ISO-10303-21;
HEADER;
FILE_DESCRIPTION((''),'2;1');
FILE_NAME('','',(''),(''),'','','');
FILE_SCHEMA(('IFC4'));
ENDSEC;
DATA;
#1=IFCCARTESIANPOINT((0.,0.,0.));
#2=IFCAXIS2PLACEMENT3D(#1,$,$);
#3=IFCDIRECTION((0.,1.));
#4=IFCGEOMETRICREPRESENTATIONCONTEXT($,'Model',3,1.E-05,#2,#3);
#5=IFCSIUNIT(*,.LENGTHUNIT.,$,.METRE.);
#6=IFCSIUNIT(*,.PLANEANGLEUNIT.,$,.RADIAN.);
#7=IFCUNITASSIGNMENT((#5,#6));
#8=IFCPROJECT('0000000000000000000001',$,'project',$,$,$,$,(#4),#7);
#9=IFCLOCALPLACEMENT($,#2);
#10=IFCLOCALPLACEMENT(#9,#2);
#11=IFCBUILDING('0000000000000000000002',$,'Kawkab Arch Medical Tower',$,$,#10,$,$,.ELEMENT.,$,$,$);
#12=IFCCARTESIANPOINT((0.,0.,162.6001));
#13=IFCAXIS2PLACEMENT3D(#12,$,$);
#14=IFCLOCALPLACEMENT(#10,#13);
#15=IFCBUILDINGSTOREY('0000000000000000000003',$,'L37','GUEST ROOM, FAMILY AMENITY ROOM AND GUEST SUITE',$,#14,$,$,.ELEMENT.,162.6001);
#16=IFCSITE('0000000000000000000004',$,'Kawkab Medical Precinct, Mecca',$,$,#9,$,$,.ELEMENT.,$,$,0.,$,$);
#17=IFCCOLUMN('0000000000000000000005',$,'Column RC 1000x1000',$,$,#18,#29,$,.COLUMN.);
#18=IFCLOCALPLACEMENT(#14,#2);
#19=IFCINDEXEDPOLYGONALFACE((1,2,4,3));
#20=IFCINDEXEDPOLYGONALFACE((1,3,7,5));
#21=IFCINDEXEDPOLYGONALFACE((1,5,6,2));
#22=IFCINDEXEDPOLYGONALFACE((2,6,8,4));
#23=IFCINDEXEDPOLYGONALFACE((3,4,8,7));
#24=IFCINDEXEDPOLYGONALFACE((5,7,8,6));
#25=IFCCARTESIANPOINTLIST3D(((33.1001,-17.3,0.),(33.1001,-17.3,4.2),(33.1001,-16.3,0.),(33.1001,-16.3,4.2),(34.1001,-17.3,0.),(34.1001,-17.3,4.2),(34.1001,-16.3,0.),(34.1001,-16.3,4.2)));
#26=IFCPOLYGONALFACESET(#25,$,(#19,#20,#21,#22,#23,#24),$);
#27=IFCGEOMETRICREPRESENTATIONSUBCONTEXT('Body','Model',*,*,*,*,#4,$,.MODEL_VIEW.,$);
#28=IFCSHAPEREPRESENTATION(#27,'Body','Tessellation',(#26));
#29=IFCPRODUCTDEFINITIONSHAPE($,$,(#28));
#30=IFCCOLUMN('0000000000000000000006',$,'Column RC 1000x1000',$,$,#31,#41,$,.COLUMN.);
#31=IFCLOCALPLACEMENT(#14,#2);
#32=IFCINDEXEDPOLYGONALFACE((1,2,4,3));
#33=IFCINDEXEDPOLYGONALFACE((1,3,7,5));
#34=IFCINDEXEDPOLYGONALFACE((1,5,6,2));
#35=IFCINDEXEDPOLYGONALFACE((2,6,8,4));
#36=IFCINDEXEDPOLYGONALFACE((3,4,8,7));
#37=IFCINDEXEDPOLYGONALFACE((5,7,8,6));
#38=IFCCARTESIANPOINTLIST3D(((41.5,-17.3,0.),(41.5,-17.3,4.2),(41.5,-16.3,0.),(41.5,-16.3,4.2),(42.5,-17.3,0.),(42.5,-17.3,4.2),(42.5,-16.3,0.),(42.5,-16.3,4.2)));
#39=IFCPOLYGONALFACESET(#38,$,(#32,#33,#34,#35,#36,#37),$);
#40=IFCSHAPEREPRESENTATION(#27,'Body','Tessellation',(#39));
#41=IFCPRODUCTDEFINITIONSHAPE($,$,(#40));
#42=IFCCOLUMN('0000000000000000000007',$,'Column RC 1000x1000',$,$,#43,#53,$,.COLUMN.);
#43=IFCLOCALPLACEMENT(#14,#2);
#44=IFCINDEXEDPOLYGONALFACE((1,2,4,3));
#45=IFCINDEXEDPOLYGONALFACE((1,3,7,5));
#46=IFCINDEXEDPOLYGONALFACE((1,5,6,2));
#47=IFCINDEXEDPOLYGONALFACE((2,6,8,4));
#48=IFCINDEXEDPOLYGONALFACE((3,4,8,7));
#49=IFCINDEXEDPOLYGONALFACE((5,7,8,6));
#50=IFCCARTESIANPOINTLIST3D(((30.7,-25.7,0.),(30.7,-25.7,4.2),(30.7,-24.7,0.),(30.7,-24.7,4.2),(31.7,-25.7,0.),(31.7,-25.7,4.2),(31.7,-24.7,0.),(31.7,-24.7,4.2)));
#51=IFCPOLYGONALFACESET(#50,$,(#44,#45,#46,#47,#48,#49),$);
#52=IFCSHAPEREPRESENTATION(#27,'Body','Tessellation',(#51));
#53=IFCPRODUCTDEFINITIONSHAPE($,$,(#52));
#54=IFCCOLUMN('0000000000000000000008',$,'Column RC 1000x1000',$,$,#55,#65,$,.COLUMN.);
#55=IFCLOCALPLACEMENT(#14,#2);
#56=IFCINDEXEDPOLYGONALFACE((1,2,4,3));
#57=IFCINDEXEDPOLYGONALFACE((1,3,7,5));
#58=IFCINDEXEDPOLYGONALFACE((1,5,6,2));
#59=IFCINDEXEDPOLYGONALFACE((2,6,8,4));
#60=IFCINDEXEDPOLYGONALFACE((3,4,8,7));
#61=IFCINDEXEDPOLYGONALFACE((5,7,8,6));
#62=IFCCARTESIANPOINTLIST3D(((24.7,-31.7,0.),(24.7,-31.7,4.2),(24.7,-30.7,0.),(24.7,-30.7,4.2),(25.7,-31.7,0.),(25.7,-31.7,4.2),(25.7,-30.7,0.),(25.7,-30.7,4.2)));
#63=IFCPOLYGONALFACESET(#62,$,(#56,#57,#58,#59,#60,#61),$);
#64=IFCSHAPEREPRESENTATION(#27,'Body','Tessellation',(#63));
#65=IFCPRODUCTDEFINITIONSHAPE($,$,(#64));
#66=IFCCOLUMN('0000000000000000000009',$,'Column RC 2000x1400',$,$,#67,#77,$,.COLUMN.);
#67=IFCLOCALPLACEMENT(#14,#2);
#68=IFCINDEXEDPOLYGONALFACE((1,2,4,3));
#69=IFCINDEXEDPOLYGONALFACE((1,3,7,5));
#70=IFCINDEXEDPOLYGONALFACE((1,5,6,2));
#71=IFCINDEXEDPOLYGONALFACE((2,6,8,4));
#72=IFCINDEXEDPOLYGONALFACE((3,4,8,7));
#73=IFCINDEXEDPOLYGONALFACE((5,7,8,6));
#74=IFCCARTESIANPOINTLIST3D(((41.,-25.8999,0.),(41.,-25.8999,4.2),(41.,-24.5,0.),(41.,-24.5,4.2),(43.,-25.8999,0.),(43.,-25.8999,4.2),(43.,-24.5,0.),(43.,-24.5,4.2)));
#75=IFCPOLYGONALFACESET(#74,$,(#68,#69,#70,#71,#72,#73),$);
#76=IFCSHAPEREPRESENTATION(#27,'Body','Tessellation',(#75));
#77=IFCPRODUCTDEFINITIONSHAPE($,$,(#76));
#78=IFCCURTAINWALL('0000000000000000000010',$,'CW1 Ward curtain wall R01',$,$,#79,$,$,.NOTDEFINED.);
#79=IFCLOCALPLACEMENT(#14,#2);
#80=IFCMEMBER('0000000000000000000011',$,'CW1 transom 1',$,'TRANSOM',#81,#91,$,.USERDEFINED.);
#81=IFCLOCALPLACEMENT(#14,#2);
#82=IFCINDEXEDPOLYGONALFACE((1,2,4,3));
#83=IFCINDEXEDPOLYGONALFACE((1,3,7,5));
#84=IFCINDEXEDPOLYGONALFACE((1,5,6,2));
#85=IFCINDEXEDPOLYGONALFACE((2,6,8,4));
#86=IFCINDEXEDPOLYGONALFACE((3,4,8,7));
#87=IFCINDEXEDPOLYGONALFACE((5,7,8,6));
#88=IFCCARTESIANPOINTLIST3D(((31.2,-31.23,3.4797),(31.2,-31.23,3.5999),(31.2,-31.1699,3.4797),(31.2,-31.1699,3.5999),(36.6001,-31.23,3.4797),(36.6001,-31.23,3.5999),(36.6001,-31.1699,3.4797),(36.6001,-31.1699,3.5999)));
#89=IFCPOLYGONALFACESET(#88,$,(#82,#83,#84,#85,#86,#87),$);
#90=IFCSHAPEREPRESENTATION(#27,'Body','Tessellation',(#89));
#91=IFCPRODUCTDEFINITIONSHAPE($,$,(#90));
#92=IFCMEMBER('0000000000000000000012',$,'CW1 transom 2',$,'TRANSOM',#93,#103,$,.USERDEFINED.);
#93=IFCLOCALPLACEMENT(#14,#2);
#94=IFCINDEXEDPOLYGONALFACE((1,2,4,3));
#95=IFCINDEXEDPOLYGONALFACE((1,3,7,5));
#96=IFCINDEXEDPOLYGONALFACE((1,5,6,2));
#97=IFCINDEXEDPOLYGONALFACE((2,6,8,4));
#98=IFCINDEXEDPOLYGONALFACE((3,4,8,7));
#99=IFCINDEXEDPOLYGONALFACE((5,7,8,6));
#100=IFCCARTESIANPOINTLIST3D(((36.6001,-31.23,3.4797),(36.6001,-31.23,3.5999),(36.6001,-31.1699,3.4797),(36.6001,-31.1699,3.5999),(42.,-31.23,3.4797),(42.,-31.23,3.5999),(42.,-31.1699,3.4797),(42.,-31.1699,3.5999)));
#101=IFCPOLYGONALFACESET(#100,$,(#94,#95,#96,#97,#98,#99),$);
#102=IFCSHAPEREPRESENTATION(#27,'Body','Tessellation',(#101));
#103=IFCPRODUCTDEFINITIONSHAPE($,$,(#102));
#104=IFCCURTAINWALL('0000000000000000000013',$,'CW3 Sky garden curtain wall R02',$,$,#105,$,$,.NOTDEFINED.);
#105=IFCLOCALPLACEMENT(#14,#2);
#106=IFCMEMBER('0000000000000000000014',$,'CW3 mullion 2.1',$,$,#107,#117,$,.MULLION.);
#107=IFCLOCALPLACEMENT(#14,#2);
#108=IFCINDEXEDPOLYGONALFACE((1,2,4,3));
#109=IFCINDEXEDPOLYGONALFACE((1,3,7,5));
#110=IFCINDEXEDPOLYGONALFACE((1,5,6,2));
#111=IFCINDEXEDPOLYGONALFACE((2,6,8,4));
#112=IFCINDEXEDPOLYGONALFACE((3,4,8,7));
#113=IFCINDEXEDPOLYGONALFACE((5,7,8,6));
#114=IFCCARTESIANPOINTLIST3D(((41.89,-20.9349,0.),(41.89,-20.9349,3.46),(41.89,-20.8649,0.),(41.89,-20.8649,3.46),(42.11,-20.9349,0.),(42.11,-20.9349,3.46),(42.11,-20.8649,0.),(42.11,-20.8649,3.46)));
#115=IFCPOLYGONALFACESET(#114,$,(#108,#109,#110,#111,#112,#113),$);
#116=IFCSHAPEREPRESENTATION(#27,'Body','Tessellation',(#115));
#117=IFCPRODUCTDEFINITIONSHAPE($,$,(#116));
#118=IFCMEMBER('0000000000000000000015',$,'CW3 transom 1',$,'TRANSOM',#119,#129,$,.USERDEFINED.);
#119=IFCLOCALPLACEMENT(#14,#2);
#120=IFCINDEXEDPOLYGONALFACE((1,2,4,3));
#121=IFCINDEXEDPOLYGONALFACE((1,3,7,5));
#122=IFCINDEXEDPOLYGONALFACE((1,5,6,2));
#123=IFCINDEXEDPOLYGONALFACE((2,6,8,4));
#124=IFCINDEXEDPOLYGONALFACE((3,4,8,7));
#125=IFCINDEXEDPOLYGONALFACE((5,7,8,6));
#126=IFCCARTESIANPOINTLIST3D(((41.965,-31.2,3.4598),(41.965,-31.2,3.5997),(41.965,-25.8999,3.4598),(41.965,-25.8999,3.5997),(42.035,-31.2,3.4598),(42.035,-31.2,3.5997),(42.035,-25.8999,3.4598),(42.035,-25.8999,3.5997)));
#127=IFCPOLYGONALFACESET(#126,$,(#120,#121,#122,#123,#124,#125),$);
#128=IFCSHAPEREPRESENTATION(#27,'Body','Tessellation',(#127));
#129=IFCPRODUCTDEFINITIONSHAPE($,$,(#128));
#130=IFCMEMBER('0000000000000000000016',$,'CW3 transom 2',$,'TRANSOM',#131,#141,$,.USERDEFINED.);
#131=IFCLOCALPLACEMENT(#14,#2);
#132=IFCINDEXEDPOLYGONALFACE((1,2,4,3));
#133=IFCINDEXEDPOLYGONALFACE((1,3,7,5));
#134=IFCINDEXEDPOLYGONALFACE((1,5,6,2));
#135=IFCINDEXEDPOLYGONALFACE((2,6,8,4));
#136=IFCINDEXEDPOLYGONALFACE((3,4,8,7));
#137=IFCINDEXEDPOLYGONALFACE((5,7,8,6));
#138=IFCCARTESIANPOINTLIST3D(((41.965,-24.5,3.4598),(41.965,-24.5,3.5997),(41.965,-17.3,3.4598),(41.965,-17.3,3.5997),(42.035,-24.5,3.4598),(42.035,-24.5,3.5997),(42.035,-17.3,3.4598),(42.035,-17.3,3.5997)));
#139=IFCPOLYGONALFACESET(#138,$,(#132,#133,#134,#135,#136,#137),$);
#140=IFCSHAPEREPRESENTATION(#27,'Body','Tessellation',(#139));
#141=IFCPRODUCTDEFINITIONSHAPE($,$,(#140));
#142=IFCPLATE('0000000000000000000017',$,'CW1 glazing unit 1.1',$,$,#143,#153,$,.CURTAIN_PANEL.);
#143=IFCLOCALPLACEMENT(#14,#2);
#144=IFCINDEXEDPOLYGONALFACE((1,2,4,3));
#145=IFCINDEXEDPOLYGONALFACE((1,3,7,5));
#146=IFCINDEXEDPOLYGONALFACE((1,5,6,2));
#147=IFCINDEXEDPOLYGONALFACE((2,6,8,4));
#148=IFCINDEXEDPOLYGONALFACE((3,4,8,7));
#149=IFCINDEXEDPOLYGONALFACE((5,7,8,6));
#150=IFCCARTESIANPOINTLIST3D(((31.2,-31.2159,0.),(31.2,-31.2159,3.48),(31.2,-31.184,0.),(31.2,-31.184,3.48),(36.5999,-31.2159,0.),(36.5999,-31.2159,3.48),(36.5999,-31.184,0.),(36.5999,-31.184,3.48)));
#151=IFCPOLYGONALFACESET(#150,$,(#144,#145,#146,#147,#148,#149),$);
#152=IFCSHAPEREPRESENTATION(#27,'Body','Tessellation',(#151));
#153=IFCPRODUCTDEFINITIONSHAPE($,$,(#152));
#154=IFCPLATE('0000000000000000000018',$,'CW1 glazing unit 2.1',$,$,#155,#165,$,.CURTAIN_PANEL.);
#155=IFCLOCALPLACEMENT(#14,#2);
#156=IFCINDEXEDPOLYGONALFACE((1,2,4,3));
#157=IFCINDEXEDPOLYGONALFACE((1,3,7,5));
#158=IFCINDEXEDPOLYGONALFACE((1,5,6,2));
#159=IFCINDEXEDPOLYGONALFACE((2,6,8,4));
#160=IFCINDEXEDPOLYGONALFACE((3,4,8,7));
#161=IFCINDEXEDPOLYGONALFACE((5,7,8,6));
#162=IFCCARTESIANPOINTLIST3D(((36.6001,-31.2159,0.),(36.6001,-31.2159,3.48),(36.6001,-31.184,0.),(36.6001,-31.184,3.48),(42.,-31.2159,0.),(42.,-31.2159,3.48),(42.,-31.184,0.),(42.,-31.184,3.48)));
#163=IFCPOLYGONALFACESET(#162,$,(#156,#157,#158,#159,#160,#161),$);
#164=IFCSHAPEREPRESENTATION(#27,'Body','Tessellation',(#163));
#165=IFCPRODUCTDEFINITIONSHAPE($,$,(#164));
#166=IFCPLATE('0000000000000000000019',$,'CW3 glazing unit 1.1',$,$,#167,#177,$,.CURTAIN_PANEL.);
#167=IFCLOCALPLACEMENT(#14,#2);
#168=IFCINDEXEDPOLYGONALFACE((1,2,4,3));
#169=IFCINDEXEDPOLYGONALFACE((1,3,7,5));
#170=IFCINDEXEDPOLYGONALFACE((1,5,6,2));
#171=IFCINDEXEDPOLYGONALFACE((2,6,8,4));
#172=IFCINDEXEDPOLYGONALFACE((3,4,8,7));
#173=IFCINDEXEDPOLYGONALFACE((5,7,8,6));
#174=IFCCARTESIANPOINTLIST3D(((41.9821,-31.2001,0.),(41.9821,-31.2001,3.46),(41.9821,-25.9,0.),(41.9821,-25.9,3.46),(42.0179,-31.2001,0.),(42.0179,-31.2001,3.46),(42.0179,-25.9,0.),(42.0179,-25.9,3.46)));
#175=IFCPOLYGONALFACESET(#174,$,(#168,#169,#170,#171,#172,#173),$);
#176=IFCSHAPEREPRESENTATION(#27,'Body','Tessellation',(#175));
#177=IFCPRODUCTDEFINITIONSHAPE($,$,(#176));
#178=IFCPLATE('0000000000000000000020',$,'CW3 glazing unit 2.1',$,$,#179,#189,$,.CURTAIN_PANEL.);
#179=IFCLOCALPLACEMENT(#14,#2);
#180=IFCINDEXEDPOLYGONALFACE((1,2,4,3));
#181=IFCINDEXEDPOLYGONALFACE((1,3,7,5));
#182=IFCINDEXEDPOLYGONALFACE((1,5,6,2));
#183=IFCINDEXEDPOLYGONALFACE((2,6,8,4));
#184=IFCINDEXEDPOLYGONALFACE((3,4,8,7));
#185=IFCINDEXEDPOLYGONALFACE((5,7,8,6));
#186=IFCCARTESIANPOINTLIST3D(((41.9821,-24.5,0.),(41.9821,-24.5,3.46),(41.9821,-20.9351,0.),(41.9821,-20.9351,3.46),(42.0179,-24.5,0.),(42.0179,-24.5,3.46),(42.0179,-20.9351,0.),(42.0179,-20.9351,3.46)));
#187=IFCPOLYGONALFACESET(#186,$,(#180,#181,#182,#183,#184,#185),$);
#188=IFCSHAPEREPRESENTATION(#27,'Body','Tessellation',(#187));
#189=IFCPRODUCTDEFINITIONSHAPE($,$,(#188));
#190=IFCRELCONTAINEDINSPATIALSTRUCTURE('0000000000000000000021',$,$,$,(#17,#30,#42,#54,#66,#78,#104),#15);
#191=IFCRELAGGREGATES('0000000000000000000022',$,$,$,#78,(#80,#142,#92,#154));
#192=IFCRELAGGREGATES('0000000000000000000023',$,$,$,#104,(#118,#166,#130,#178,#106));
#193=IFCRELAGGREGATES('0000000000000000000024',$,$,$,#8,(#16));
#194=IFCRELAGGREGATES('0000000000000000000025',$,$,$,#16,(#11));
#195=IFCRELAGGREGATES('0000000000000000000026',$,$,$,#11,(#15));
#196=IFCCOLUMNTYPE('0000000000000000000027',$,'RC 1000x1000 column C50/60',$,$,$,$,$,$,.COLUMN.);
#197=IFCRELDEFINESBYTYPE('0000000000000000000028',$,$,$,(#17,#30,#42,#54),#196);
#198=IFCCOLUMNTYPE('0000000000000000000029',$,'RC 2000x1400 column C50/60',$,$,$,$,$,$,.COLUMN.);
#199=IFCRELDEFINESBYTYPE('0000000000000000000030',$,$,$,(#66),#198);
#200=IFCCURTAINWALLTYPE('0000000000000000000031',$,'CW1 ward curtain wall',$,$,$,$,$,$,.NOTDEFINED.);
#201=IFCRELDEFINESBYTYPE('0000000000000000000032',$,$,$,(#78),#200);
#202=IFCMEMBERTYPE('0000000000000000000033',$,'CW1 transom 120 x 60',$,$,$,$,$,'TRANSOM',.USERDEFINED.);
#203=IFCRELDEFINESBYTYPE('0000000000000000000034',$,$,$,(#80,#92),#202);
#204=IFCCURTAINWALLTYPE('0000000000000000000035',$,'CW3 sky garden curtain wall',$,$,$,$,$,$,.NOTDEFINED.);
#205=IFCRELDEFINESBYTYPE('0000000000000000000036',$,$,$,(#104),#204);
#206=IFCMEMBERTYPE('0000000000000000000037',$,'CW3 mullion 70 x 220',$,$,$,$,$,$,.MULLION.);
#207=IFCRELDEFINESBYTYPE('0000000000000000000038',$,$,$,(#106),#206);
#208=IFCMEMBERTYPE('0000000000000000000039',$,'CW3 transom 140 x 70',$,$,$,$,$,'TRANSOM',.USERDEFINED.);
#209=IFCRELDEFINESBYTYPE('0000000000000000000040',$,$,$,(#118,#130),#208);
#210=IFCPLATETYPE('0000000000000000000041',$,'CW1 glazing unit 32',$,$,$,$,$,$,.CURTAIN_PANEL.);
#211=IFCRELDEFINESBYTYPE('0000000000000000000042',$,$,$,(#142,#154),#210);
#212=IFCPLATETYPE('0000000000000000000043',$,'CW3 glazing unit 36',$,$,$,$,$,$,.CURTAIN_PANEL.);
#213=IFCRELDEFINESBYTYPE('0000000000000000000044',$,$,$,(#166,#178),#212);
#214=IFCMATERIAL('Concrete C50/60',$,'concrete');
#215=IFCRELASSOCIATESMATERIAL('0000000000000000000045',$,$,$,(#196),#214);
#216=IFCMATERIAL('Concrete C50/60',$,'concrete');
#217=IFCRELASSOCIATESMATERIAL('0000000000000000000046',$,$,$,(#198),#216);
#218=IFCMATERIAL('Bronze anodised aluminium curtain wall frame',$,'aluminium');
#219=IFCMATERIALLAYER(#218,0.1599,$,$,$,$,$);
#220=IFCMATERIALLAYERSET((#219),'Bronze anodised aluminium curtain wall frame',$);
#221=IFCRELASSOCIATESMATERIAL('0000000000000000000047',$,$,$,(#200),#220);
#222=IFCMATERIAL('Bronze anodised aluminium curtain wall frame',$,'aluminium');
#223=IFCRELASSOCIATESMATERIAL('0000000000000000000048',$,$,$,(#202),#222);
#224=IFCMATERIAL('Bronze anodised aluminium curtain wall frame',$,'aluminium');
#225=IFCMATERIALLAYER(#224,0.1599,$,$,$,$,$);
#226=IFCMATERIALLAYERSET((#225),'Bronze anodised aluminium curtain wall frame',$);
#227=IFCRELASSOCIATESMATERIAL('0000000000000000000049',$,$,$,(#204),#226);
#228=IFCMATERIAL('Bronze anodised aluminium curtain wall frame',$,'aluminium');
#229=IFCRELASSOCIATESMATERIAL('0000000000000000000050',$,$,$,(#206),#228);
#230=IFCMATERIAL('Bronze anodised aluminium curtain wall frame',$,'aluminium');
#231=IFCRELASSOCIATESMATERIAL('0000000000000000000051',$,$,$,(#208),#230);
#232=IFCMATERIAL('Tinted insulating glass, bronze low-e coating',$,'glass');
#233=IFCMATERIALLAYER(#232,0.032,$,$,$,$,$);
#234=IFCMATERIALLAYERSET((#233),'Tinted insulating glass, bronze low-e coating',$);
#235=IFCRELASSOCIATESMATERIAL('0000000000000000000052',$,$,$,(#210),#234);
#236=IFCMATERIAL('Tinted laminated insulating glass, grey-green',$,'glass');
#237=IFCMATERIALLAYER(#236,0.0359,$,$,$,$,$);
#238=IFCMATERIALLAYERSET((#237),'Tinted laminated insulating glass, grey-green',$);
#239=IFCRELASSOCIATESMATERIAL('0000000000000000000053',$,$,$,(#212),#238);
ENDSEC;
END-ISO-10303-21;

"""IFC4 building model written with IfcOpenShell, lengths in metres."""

from ifc_helpers import new_model, si_unit, direction, frame, origin, origin_2d, place, context, subcontext, project, spatial, rectangle, extrude, material, layer, layer_set, material_profile, profile_set, type_object, element, aggregate, save


model = new_model("IFC4")

# Units and contexts
model_context = context("Model", 3, precision=1e-05, world=origin(), true_north=direction((0.0, 1.0)))
body_context = subcontext(model_context, "Body", "Model", "MODEL_VIEW")
ifc_project = project(units=[si_unit("LENGTHUNIT", "METRE"), si_unit("PLANEANGLEUNIT", "RADIAN")], contexts=[model_context])

# Site, building, storey
site_placement = place(None, origin())
site = spatial("IfcSite", under=ifc_project, at=site_placement, Name="Kawkab Medical Precinct, Mecca", CompositionType="ELEMENT", RefElevation=0.0)
building_placement = place(site_placement, origin())
building = spatial("IfcBuilding", under=site, at=building_placement, Name="Kawkab Arch Medical Tower", CompositionType="ELEMENT")
storey_placement = place(building_placement, frame((0.0, 0.0, 162.6001)))
storey = spatial("IfcBuildingStorey", under=building, at=storey_placement, Name="L37", Description="GUEST ROOM, FAMILY AMENITY ROOM AND GUEST SUITE", CompositionType="ELEMENT", Elevation=162.6001)

# Columns
ifc_material_1 = material(Name="Concrete C50/60", Category="concrete")
ifc_material_profile_1 = material_profile(ifc_material_1, rectangle(XDim=1.0, YDim=1.0, at=origin_2d()), Name="RC 1000x1000")
ifc_profile_set_1 = profile_set([ifc_material_profile_1], Name="Concrete C50/60")
column_type_1 = type_object("IfcColumnType", Name="RC 1000x1000 column C50/60", PredefinedType="COLUMN", material=ifc_profile_set_1)
for number, where, z_axis, x_axis, name in (
    (1, (33.6001, -16.8, 0.0), (0.0, 0.0, 1.0), (1.0, 0.0, 0.0), "Column RC 1000x1000"),
    (2, (42.0, -16.8, 0.0), (0.0, 0.0, 1.0), (1.0, 0.0, 0.0), "Column RC 1000x1000"),
    (3, (31.2, -25.2, 0.0), (0.0, 0.0, 1.0), (1.0, 0.0, 0.0), "Column RC 1000x1000"),
    (4, (25.2, -31.2, 0.0), (0.0, 0.0, 1.0), (1.0, 0.0, 0.0), "Column RC 1000x1000"),
):
    element("IfcColumn", number, at=place(storey_placement, frame(where, z_axis=z_axis, x_axis=x_axis)), inside=storey, type_object=column_type_1, Name=name, PredefinedType="COLUMN", context=body_context, shape_type="SweptSolid", body=[
        extrude(rectangle(XDim=1.0, YDim=1.0, at=origin_2d()), origin(), (0.0, 0.0, 1.0), 4.2),
    ])
ifc_material_2 = material(Name="Concrete C50/60", Category="concrete")
ifc_material_profile_2 = material_profile(ifc_material_2, rectangle(XDim=2.0, YDim=1.3999, at=origin_2d()), Name="RC 2000x1400")
ifc_profile_set_2 = profile_set([ifc_material_profile_2], Name="Concrete C50/60")
column_type_2 = type_object("IfcColumnType", Name="RC 2000x1400 column C50/60", PredefinedType="COLUMN", material=ifc_profile_set_2)
column_placement = place(storey_placement, frame((42.0, -25.2, 0.0), z_axis=(0.0, 0.0, 1.0), x_axis=(-1.0, 0.0, 0.0)))
element("IfcColumn", 5, at=column_placement, inside=storey, type_object=column_type_2, Name="Column RC 2000x1400", PredefinedType="COLUMN", context=body_context, shape_type="SweptSolid", body=[
    extrude(rectangle(XDim=2.0, YDim=1.3999, at=origin_2d()), origin(), (0.0, 0.0, 1.0), 4.2),
])

# Curtain walls, members
ifc_material_3 = material(Name="Bronze anodised aluminium curtain wall frame", Category="aluminium")
ifc_layer_1 = layer(ifc_material_3, 0.1599)
ifc_layer_set_1 = layer_set([ifc_layer_1], Name="Bronze anodised aluminium curtain wall frame")
curtain_wall_type_1 = type_object("IfcCurtainWallType", Name="CW1 ward curtain wall", PredefinedType="NOTDEFINED", material=ifc_layer_set_1)
placement = place(storey_placement, origin())
curtain_wall_1 = element("IfcCurtainWall", 6, at=placement, inside=storey, type_object=curtain_wall_type_1, Name="CW1 Ward curtain wall R01", PredefinedType="NOTDEFINED")
ifc_material_4 = material(Name="Bronze anodised aluminium curtain wall frame", Category="aluminium")
ifc_material_profile_3 = material_profile(ifc_material_4, rectangle(XDim=0.0601, YDim=0.1201, at=origin_2d()), Name="AL 60x120")
ifc_profile_set_3 = profile_set([ifc_material_profile_3], Name="Bronze anodised aluminium curtain wall frame")
member_type_1 = type_object("IfcMemberType", Name="CW1 transom 120 x 60", ElementType="TRANSOM", PredefinedType="USERDEFINED", material=ifc_profile_set_3)
member_1_placement = place(storey_placement, frame((31.2, -31.2, 3.5398), z_axis=(1.0, 0.0, 0.0), x_axis=(0.0, 1.0, 0.0)))
member_1 = element("IfcMember", 7, at=member_1_placement, type_object=member_type_1, Name="CW1 transom 1", ObjectType="TRANSOM", PredefinedType="USERDEFINED", context=body_context, shape_type="SweptSolid", body=[
    extrude(rectangle(XDim=0.0601, YDim=0.1201, at=origin_2d()), origin(), (0.0, 0.0, 1.0), 5.4001),
])
member_2_placement = place(storey_placement, frame((36.6001, -31.2, 3.5398), z_axis=(1.0, 0.0, 0.0), x_axis=(0.0, 1.0, 0.0)))
member_2 = element("IfcMember", 8, at=member_2_placement, type_object=member_type_1, Name="CW1 transom 2", ObjectType="TRANSOM", PredefinedType="USERDEFINED", context=body_context, shape_type="SweptSolid", body=[
    extrude(rectangle(XDim=0.0601, YDim=0.1201, at=origin_2d()), origin(), (0.0, 0.0, 1.0), 5.3999),
])
ifc_material_5 = material(Name="Bronze anodised aluminium curtain wall frame", Category="aluminium")
ifc_layer_2 = layer(ifc_material_5, 0.1599)
ifc_layer_set_2 = layer_set([ifc_layer_2], Name="Bronze anodised aluminium curtain wall frame")
curtain_wall_type_2 = type_object("IfcCurtainWallType", Name="CW3 sky garden curtain wall", PredefinedType="NOTDEFINED", material=ifc_layer_set_2)
curtain_wall_2 = element("IfcCurtainWall", 9, at=placement, inside=storey, type_object=curtain_wall_type_2, Name="CW3 Sky garden curtain wall R02", PredefinedType="NOTDEFINED")
ifc_material_6 = material(Name="Bronze anodised aluminium curtain wall frame", Category="aluminium")
ifc_material_profile_4 = material_profile(ifc_material_6, rectangle(XDim=0.22, YDim=0.0701, at=origin_2d()), Name="AL 70x220")
ifc_profile_set_4 = profile_set([ifc_material_profile_4], Name="Bronze anodised aluminium curtain wall frame")
member_type_2 = type_object("IfcMemberType", Name="CW3 mullion 70 x 220", PredefinedType="MULLION", material=ifc_profile_set_4)
member_3_placement = place(storey_placement, frame((42.0, -20.8999, 0.0), z_axis=(0.0, 0.0, 1.0), x_axis=(-1.0, 0.0, 0.0)))
member_3 = element("IfcMember", 10, at=member_3_placement, type_object=member_type_2, Name="CW3 mullion 2.1", PredefinedType="MULLION", context=body_context, shape_type="SweptSolid", body=[
    extrude(rectangle(XDim=0.22, YDim=0.0701, at=origin_2d()), origin(), (0.0, 0.0, 1.0), 3.46),
])
ifc_material_7 = material(Name="Bronze anodised aluminium curtain wall frame", Category="aluminium")
ifc_material_profile_5 = material_profile(ifc_material_7, rectangle(XDim=0.0701, YDim=0.1399, at=origin_2d()), Name="AL 70x140")
ifc_profile_set_5 = profile_set([ifc_material_profile_5], Name="Bronze anodised aluminium curtain wall frame")
member_type_3 = type_object("IfcMemberType", Name="CW3 transom 140 x 70", ElementType="TRANSOM", PredefinedType="USERDEFINED", material=ifc_profile_set_5)
member_4_placement = place(storey_placement, frame((42.0, -31.2, 3.5298), z_axis=(0.0, 1.0, 0.0), x_axis=(-1.0, 0.0, 0.0)))
member_4 = element("IfcMember", 11, at=member_4_placement, type_object=member_type_3, Name="CW3 transom 1", ObjectType="TRANSOM", PredefinedType="USERDEFINED", context=body_context, shape_type="SweptSolid", body=[
    extrude(rectangle(XDim=0.0701, YDim=0.1399, at=origin_2d()), origin(), (0.0, 0.0, 1.0), 5.3),
])
member_5_placement = place(storey_placement, frame((42.0, -24.5, 3.5298), z_axis=(0.0, 1.0, 0.0), x_axis=(-1.0, 0.0, 0.0)))
member_5 = element("IfcMember", 12, at=member_5_placement, type_object=member_type_3, Name="CW3 transom 2", ObjectType="TRANSOM", PredefinedType="USERDEFINED", context=body_context, shape_type="SweptSolid", body=[
    extrude(rectangle(XDim=0.0701, YDim=0.1399, at=origin_2d()), origin(), (0.0, 0.0, 1.0), 7.2),
])

# Plates
ifc_material_8 = material(Name="Tinted insulating glass, bronze low-e coating", Category="glass")
ifc_layer_3 = layer(ifc_material_8, 0.032)
ifc_layer_set_3 = layer_set([ifc_layer_3], Name="Tinted insulating glass, bronze low-e coating")
plate_type_1 = type_object("IfcPlateType", Name="CW1 glazing unit 32", PredefinedType="CURTAIN_PANEL", material=ifc_layer_set_3)
plate_1_placement = place(storey_placement, frame((33.8999, -31.2, 0.0), z_axis=(0.0, 0.0, 1.0), x_axis=(1.0, 0.0, 0.0)))
plate_1 = element("IfcPlate", 13, at=plate_1_placement, type_object=plate_type_1, Name="CW1 glazing unit 1.1", PredefinedType="CURTAIN_PANEL", context=body_context, shape_type="SweptSolid", body=[
    extrude(rectangle(XDim=5.3999, YDim=0.032, at=origin_2d()), origin(), (0.0, 0.0, 1.0), 3.48),
])
plate_2_placement = place(storey_placement, frame((39.3, -31.2, 0.0), z_axis=(0.0, 0.0, 1.0), x_axis=(1.0, 0.0, 0.0)))
plate_2 = element("IfcPlate", 14, at=plate_2_placement, type_object=plate_type_1, Name="CW1 glazing unit 2.1", PredefinedType="CURTAIN_PANEL", context=body_context, shape_type="SweptSolid", body=[
    extrude(rectangle(XDim=5.3999, YDim=0.032, at=origin_2d()), origin(), (0.0, 0.0, 1.0), 3.48),
])
aggregate(curtain_wall_1, [member_1, plate_1, member_2, plate_2])
ifc_material_9 = material(Name="Tinted laminated insulating glass, grey-green", Category="glass")
ifc_layer_4 = layer(ifc_material_9, 0.0359)
ifc_layer_set_4 = layer_set([ifc_layer_4], Name="Tinted laminated insulating glass, grey-green")
plate_type_2 = type_object("IfcPlateType", Name="CW3 glazing unit 36", PredefinedType="CURTAIN_PANEL", material=ifc_layer_set_4)
plate_3_placement = place(storey_placement, frame((42.0, -28.55, 0.0), z_axis=(0.0, 0.0, 1.0), x_axis=(0.0, 1.0, 0.0)))
plate_3 = element("IfcPlate", 15, at=plate_3_placement, type_object=plate_type_2, Name="CW3 glazing unit 1.1", PredefinedType="CURTAIN_PANEL", context=body_context, shape_type="SweptSolid", body=[
    extrude(rectangle(XDim=5.3, YDim=0.0359, at=origin_2d()), origin(), (0.0, 0.0, 1.0), 3.46),
])
plate_4_placement = place(storey_placement, frame((42.0, -22.7175, 0.0), z_axis=(0.0, 0.0, 1.0), x_axis=(0.0, 1.0, 0.0)))
plate_4 = element("IfcPlate", 16, at=plate_4_placement, type_object=plate_type_2, Name="CW3 glazing unit 2.1", PredefinedType="CURTAIN_PANEL", context=body_context, shape_type="SweptSolid", body=[
    extrude(rectangle(XDim=3.5649, YDim=0.0359, at=origin_2d()), origin(), (0.0, 0.0, 1.0), 3.46),
])
aggregate(curtain_wall_2, [member_4, plate_3, member_5, plate_4, member_3])

save(model, "model.ifc")
